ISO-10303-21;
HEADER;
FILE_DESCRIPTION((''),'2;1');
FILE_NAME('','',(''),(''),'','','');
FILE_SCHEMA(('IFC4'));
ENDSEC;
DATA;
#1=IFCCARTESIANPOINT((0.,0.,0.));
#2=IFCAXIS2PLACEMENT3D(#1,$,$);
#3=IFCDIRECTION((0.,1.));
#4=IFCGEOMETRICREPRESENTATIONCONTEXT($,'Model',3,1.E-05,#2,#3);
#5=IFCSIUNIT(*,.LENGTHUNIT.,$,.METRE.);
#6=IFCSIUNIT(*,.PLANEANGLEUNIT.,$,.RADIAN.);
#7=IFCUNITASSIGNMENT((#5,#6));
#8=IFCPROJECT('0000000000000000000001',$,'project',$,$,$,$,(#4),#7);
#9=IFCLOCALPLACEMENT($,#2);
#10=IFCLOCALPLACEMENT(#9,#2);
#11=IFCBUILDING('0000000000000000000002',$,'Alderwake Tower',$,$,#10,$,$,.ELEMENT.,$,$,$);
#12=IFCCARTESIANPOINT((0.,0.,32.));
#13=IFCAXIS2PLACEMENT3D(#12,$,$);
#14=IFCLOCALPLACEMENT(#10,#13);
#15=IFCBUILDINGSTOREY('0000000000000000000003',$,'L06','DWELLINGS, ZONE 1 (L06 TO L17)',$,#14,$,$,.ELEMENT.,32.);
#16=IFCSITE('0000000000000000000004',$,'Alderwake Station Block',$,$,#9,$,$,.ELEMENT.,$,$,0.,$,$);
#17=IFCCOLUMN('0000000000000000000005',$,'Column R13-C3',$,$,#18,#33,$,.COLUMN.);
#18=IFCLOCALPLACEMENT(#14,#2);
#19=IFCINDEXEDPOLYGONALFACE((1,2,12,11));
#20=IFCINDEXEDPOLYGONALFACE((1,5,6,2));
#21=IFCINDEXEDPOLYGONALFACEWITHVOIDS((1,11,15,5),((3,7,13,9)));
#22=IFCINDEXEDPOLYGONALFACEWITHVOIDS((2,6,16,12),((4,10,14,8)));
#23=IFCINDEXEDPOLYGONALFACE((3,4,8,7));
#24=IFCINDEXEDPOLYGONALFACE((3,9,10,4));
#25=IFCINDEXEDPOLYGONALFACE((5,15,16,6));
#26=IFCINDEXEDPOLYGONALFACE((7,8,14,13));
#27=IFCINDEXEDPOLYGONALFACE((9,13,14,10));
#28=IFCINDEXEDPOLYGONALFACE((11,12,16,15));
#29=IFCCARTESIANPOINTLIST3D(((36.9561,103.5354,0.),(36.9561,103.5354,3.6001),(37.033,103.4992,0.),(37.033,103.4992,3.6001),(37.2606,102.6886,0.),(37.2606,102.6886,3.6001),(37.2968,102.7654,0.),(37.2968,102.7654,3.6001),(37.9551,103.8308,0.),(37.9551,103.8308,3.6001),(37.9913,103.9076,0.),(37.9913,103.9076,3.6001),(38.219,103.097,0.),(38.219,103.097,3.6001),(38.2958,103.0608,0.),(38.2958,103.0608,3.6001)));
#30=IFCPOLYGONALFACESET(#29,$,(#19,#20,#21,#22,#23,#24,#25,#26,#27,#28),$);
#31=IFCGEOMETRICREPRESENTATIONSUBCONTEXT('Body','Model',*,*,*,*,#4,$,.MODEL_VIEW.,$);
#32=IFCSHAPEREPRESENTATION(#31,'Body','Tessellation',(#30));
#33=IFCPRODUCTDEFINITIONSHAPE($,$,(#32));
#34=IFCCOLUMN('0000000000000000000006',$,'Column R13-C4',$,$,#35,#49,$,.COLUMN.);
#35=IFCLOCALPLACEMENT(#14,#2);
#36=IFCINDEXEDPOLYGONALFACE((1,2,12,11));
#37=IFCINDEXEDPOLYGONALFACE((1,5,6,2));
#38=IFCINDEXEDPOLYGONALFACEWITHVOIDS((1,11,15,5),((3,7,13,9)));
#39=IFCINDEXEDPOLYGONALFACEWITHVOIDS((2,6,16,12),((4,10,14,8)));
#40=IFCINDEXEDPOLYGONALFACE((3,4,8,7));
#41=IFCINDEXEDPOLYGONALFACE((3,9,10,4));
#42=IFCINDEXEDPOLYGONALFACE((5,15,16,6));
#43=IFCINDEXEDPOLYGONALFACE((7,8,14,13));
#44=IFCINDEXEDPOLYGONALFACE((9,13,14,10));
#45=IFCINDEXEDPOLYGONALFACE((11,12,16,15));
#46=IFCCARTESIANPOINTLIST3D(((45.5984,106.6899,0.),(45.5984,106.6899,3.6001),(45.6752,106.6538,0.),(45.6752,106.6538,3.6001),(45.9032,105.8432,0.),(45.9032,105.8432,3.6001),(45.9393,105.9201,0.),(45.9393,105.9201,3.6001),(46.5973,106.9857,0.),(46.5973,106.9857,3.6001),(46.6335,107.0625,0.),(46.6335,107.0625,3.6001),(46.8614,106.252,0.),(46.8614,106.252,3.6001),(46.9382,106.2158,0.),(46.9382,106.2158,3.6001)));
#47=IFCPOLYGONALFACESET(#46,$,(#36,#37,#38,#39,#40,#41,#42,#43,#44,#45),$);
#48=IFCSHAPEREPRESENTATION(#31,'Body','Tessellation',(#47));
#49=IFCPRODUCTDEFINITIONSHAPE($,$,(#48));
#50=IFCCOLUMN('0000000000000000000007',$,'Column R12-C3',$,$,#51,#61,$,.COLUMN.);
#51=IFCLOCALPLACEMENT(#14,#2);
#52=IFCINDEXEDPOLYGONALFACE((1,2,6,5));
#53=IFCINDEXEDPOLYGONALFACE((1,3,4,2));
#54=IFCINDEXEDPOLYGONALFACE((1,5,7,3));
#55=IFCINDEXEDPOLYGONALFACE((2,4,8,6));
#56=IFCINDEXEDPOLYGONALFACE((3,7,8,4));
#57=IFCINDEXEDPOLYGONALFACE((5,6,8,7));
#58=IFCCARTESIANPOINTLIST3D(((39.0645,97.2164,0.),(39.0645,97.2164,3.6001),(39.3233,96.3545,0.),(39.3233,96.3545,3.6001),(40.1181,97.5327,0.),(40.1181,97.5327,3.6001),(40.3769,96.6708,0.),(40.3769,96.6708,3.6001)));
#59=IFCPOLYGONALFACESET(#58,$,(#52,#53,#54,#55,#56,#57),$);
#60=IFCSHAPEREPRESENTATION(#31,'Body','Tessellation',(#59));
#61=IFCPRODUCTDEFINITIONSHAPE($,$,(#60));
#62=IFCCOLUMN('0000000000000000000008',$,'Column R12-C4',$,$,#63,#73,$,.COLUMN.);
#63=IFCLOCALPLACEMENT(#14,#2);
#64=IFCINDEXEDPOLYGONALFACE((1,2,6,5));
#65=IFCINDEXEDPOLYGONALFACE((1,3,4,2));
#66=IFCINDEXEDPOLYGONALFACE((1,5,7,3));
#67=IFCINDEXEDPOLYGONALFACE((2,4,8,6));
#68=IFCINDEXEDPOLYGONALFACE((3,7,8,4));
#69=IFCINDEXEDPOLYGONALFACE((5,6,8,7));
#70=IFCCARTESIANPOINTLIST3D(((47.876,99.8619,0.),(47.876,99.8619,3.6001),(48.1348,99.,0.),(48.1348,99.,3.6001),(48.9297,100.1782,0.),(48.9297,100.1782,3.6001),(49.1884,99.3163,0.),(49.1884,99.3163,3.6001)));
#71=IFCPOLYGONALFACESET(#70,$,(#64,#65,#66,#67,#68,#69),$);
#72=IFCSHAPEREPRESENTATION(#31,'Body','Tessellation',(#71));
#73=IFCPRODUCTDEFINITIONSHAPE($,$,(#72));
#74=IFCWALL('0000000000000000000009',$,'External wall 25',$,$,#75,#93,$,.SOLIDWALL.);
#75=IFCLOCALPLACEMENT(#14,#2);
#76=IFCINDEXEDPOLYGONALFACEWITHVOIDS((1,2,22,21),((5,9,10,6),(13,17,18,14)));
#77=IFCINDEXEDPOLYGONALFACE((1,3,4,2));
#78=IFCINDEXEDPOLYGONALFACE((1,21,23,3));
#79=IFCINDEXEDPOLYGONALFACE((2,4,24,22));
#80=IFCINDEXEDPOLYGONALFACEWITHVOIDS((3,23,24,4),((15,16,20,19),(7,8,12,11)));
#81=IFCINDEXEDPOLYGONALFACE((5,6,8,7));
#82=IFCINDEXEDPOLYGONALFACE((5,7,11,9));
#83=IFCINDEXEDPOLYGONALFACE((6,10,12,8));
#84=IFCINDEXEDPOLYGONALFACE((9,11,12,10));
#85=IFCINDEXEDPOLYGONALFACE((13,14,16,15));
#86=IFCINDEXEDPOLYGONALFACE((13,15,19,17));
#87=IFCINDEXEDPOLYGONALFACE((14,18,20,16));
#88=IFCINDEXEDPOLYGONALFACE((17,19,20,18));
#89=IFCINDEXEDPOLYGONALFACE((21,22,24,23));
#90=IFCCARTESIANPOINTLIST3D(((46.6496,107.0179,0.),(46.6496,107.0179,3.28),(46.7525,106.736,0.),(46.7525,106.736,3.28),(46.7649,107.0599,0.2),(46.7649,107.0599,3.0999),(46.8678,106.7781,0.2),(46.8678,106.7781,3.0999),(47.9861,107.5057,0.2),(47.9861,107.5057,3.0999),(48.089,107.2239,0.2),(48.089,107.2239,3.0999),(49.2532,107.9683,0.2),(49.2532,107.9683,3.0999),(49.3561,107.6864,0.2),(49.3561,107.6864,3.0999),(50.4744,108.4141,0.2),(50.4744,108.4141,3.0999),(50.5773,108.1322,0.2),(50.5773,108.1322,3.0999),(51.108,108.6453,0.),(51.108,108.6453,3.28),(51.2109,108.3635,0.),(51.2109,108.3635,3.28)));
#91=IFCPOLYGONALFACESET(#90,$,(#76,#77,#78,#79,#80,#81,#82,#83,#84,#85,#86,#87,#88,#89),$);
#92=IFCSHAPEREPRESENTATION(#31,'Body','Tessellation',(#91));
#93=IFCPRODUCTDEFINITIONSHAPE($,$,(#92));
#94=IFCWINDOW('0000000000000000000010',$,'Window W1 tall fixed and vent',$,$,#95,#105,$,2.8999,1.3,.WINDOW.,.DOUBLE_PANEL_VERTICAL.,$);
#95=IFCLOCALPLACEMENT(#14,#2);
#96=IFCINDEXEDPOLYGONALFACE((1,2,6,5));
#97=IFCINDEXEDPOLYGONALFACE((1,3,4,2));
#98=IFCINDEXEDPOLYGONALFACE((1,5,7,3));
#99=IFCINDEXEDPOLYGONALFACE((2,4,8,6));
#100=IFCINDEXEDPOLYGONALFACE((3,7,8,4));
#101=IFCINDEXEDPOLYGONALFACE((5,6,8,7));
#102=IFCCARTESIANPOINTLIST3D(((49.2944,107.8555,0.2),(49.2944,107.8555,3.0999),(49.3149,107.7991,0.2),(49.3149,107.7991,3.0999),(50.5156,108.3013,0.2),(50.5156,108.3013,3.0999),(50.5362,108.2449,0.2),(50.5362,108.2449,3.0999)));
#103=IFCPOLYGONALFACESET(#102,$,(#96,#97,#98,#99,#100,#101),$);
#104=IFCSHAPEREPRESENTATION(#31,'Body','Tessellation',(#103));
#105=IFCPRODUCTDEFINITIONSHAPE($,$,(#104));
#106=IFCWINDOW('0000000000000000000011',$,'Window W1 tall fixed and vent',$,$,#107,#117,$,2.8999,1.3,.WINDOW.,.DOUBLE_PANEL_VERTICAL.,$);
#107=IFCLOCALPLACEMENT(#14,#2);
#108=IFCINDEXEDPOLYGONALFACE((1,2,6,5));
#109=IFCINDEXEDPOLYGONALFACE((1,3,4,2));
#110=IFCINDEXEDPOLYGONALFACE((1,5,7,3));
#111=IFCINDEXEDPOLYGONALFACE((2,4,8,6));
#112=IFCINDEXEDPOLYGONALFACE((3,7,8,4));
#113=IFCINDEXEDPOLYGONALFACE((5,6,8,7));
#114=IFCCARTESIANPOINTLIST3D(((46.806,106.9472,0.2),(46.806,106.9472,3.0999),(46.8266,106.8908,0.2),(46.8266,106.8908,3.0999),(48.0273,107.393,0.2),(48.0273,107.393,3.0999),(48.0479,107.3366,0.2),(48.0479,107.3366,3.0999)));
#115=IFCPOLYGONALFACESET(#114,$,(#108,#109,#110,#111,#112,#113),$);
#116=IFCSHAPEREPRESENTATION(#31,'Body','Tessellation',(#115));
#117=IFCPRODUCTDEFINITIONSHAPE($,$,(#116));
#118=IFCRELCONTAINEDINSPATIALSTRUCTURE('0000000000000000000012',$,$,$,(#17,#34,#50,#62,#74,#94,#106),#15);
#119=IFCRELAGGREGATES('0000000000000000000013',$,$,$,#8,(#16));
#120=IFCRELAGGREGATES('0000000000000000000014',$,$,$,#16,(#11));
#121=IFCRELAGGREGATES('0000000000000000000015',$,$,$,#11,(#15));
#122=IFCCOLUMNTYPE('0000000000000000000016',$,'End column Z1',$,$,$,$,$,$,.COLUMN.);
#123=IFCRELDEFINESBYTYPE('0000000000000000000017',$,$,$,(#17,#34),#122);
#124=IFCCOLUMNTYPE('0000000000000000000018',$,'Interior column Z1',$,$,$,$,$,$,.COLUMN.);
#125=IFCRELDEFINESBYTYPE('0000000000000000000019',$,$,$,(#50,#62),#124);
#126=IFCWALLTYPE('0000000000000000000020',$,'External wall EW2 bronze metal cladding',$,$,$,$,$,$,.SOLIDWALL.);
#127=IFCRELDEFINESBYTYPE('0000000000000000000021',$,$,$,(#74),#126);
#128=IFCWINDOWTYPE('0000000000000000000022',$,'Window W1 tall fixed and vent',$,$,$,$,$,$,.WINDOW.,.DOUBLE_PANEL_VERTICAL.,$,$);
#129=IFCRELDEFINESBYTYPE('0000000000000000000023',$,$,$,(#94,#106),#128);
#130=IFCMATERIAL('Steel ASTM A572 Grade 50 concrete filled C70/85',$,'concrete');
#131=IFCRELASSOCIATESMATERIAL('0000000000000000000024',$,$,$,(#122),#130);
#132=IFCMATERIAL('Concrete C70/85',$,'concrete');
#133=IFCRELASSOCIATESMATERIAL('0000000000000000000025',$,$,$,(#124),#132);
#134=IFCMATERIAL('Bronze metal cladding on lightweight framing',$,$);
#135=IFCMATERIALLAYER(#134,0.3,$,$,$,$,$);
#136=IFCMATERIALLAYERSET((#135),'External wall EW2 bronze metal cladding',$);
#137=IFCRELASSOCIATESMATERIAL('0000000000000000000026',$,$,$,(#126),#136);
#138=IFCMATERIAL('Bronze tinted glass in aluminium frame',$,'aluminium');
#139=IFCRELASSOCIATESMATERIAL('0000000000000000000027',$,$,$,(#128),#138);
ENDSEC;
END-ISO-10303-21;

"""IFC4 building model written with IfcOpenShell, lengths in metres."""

from ifc_helpers import new_model, si_unit, direction, frame, frame_2d, origin, origin_2d, place, context, subcontext, project, spatial, rectangle, hollow_rectangle, extrude, material, layer, layer_set, material_profile, profile_set, type_object, element, fill, save


model = new_model("IFC4")

# Units and contexts
model_context = context("Model", 3, precision=1e-05, world=origin(), true_north=direction((0.0, 1.0)))
body_context = subcontext(model_context, "Body", "Model", "MODEL_VIEW")
ifc_project = project(units=[si_unit("LENGTHUNIT", "METRE"), si_unit("PLANEANGLEUNIT", "RADIAN")], contexts=[model_context])

# Site, building, storey
site_placement = place(None, origin())
site = spatial("IfcSite", under=ifc_project, at=site_placement, Name="Alderwake Station Block", CompositionType="ELEMENT", RefElevation=0.0)
building_placement = place(site_placement, origin())
building = spatial("IfcBuilding", under=site, at=building_placement, Name="Alderwake Tower", CompositionType="ELEMENT")
storey_placement = place(building_placement, frame((0.0, 0.0, 32.0)))
storey = spatial("IfcBuildingStorey", under=building, at=storey_placement, Name="L06", Description="DWELLINGS, ZONE 1 (L06 TO L17)", CompositionType="ELEMENT", Elevation=32.0)

# Columns
ifc_material_1 = material(Name="Steel ASTM A572 Grade 50 concrete filled C70/85", Category="concrete")
ifc_material_profile_1 = material_profile(ifc_material_1, hollow_rectangle(XDim=0.8999, YDim=1.1001, WallThickness=0.0601, at=origin_2d()), Name="BOX 1100X900X60")
ifc_profile_set_1 = profile_set([ifc_material_profile_1], Name="Steel ASTM A572 Grade 50 concrete filled C70/85")
column_type_1 = type_object("IfcColumnType", Name="End column Z1", PredefinedType="COLUMN", material=ifc_profile_set_1)
for number, where, z_axis, x_axis, name in (
    (1, (37.626, 103.2981, 0.0), (0.0, 0.0, 1.0), (-0.338385, 0.941008, 0.0), "Column R13-C3"),
    (2, (46.2683, 106.4529, 0.0), (0.0, 0.0, 1.0), (-0.338695, 0.940896, 0.0), "Column R13-C4"),
):
    element("IfcColumn", number, at=place(storey_placement, frame(where, z_axis=z_axis, x_axis=x_axis)), inside=storey, type_object=column_type_1, Name=name, PredefinedType="COLUMN", context=body_context, shape_type="SweptSolid", body=[
        extrude(hollow_rectangle(XDim=0.8999, YDim=1.1001, WallThickness=0.0601, at=origin_2d()), origin(), (0.0, 0.0, 1.0), 3.6001),
    ])
ifc_material_2 = material(Name="Concrete C70/85", Category="concrete")
ifc_material_profile_2 = material_profile(ifc_material_2, rectangle(XDim=0.8999, YDim=1.1001, at=origin_2d()), Name="RC 1100X900")
ifc_profile_set_2 = profile_set([ifc_material_profile_2], Name="Concrete C70/85")
column_type_2 = type_object("IfcColumnType", Name="Interior column Z1", PredefinedType="COLUMN", material=ifc_profile_set_2)
for number, where, z_axis, x_axis, name in (
    (3, (39.7207, 96.9436, 0.0), (0.0, 0.0, 1.0), (-0.287549, 0.957766, 0.0), "Column R12-C3"),
    (4, (48.5322, 99.5891, 0.0), (0.0, 0.0, 1.0), (-0.287549, 0.957766, 0.0), "Column R12-C4"),
):
    element("IfcColumn", number, at=place(storey_placement, frame(where, z_axis=z_axis, x_axis=x_axis)), inside=storey, type_object=column_type_2, Name=name, PredefinedType="COLUMN", context=body_context, shape_type="SweptSolid", body=[
        extrude(rectangle(XDim=0.8999, YDim=1.1001, at=origin_2d()), origin(), (0.0, 0.0, 1.0), 3.6001),
    ])

# Wall, openings, windows
ifc_material_3 = material(Name="Bronze metal cladding on lightweight framing")
ifc_layer_1 = layer(ifc_material_3, 0.3)
ifc_layer_set_1 = layer_set([ifc_layer_1], Name="External wall EW2 bronze metal cladding")
wall_type_1 = type_object("IfcWallType", Name="External wall EW2 bronze metal cladding", PredefinedType="SOLIDWALL", material=ifc_layer_set_1)
wall_1_placement = place(storey_placement, frame((51.1594, 108.5044, 0.0), z_axis=(0.0, 0.0, 1.0), x_axis=(-0.939369, -0.342908, 0.0)))
wall_1 = element("IfcWall", 5, at=wall_1_placement, inside=storey, type_object=wall_type_1, Name="External wall 25", PredefinedType="SOLIDWALL", context=body_context, shape_type="SweptSolid", body=[
    extrude(rectangle(XDim=4.7461, YDim=0.3, at=frame_2d((2.373, 0.0))), origin(), (0.0, 0.0, 1.0), 3.28),
])
opening_1_placement = place(wall_1_placement, frame((0.6746, 0.0, 0.2)))
opening_1 = element("IfcOpeningElement", 6, at=opening_1_placement, cuts=wall_1, PredefinedType="OPENING", context=body_context, shape_type="SweptSolid", body=[
    extrude(rectangle(XDim=1.3, YDim=2.8999, at=frame_2d((0.6499, 1.45))), frame((0.0, 0.1599, 0.0), z_axis=(0.0, -1.0, 0.0), x_axis=(1.0, 0.0, 0.0)), (0.0, 0.0, 1.0), 0.3201),
])
opening_2_placement = place(wall_1_placement, frame((3.3235, 0.0, 0.2)))
opening_2 = element("IfcOpeningElement", 7, at=opening_2_placement, cuts=wall_1, PredefinedType="OPENING", context=body_context, shape_type="SweptSolid", body=[
    extrude(rectangle(XDim=1.3, YDim=2.8999, at=frame_2d((0.6499, 1.45))), frame((0.0, 0.1599, 0.0), z_axis=(0.0, -1.0, 0.0), x_axis=(1.0, 0.0, 0.0)), (0.0, 0.0, 1.0), 0.3201),
])
ifc_material_4 = material(Name="Bronze tinted glass in aluminium frame", Category="aluminium")
window_type = type_object("IfcWindowType", Name="Window W1 tall fixed and vent", PartitioningType="DOUBLE_PANEL_VERTICAL", PredefinedType="WINDOW", material=ifc_material_4)
window_1_placement = place(opening_1_placement, origin())
window_1 = element("IfcWindow", 8, at=window_1_placement, inside=storey, type_object=window_type, Name="Window W1 tall fixed and vent", OverallHeight=2.8999, OverallWidth=1.3, PartitioningType="DOUBLE_PANEL_VERTICAL", PredefinedType="WINDOW", context=body_context, shape_type="SweptSolid", body=[
    extrude(rectangle(XDim=1.3, YDim=2.8999, at=frame_2d((0.6499, 1.45))), frame((0.0, 0.03, 0.0), z_axis=(0.0, -1.0, 0.0), x_axis=(1.0, 0.0, 0.0)), (0.0, 0.0, 1.0), 0.0601),
])
fill(opening_1, window_1)
window_2_placement = place(opening_2_placement, origin())
window_2 = element("IfcWindow", 9, at=window_2_placement, inside=storey, type_object=window_type, Name="Window W1 tall fixed and vent", OverallHeight=2.8999, OverallWidth=1.3, PartitioningType="DOUBLE_PANEL_VERTICAL", PredefinedType="WINDOW", context=body_context, shape_type="SweptSolid", body=[
    extrude(rectangle(XDim=1.3, YDim=2.8999, at=frame_2d((0.6499, 1.45))), frame((0.0, 0.03, 0.0), z_axis=(0.0, -1.0, 0.0), x_axis=(1.0, 0.0, 0.0)), (0.0, 0.0, 1.0), 0.0601),
])
fill(opening_2, window_2)

save(model, "model.ifc")
